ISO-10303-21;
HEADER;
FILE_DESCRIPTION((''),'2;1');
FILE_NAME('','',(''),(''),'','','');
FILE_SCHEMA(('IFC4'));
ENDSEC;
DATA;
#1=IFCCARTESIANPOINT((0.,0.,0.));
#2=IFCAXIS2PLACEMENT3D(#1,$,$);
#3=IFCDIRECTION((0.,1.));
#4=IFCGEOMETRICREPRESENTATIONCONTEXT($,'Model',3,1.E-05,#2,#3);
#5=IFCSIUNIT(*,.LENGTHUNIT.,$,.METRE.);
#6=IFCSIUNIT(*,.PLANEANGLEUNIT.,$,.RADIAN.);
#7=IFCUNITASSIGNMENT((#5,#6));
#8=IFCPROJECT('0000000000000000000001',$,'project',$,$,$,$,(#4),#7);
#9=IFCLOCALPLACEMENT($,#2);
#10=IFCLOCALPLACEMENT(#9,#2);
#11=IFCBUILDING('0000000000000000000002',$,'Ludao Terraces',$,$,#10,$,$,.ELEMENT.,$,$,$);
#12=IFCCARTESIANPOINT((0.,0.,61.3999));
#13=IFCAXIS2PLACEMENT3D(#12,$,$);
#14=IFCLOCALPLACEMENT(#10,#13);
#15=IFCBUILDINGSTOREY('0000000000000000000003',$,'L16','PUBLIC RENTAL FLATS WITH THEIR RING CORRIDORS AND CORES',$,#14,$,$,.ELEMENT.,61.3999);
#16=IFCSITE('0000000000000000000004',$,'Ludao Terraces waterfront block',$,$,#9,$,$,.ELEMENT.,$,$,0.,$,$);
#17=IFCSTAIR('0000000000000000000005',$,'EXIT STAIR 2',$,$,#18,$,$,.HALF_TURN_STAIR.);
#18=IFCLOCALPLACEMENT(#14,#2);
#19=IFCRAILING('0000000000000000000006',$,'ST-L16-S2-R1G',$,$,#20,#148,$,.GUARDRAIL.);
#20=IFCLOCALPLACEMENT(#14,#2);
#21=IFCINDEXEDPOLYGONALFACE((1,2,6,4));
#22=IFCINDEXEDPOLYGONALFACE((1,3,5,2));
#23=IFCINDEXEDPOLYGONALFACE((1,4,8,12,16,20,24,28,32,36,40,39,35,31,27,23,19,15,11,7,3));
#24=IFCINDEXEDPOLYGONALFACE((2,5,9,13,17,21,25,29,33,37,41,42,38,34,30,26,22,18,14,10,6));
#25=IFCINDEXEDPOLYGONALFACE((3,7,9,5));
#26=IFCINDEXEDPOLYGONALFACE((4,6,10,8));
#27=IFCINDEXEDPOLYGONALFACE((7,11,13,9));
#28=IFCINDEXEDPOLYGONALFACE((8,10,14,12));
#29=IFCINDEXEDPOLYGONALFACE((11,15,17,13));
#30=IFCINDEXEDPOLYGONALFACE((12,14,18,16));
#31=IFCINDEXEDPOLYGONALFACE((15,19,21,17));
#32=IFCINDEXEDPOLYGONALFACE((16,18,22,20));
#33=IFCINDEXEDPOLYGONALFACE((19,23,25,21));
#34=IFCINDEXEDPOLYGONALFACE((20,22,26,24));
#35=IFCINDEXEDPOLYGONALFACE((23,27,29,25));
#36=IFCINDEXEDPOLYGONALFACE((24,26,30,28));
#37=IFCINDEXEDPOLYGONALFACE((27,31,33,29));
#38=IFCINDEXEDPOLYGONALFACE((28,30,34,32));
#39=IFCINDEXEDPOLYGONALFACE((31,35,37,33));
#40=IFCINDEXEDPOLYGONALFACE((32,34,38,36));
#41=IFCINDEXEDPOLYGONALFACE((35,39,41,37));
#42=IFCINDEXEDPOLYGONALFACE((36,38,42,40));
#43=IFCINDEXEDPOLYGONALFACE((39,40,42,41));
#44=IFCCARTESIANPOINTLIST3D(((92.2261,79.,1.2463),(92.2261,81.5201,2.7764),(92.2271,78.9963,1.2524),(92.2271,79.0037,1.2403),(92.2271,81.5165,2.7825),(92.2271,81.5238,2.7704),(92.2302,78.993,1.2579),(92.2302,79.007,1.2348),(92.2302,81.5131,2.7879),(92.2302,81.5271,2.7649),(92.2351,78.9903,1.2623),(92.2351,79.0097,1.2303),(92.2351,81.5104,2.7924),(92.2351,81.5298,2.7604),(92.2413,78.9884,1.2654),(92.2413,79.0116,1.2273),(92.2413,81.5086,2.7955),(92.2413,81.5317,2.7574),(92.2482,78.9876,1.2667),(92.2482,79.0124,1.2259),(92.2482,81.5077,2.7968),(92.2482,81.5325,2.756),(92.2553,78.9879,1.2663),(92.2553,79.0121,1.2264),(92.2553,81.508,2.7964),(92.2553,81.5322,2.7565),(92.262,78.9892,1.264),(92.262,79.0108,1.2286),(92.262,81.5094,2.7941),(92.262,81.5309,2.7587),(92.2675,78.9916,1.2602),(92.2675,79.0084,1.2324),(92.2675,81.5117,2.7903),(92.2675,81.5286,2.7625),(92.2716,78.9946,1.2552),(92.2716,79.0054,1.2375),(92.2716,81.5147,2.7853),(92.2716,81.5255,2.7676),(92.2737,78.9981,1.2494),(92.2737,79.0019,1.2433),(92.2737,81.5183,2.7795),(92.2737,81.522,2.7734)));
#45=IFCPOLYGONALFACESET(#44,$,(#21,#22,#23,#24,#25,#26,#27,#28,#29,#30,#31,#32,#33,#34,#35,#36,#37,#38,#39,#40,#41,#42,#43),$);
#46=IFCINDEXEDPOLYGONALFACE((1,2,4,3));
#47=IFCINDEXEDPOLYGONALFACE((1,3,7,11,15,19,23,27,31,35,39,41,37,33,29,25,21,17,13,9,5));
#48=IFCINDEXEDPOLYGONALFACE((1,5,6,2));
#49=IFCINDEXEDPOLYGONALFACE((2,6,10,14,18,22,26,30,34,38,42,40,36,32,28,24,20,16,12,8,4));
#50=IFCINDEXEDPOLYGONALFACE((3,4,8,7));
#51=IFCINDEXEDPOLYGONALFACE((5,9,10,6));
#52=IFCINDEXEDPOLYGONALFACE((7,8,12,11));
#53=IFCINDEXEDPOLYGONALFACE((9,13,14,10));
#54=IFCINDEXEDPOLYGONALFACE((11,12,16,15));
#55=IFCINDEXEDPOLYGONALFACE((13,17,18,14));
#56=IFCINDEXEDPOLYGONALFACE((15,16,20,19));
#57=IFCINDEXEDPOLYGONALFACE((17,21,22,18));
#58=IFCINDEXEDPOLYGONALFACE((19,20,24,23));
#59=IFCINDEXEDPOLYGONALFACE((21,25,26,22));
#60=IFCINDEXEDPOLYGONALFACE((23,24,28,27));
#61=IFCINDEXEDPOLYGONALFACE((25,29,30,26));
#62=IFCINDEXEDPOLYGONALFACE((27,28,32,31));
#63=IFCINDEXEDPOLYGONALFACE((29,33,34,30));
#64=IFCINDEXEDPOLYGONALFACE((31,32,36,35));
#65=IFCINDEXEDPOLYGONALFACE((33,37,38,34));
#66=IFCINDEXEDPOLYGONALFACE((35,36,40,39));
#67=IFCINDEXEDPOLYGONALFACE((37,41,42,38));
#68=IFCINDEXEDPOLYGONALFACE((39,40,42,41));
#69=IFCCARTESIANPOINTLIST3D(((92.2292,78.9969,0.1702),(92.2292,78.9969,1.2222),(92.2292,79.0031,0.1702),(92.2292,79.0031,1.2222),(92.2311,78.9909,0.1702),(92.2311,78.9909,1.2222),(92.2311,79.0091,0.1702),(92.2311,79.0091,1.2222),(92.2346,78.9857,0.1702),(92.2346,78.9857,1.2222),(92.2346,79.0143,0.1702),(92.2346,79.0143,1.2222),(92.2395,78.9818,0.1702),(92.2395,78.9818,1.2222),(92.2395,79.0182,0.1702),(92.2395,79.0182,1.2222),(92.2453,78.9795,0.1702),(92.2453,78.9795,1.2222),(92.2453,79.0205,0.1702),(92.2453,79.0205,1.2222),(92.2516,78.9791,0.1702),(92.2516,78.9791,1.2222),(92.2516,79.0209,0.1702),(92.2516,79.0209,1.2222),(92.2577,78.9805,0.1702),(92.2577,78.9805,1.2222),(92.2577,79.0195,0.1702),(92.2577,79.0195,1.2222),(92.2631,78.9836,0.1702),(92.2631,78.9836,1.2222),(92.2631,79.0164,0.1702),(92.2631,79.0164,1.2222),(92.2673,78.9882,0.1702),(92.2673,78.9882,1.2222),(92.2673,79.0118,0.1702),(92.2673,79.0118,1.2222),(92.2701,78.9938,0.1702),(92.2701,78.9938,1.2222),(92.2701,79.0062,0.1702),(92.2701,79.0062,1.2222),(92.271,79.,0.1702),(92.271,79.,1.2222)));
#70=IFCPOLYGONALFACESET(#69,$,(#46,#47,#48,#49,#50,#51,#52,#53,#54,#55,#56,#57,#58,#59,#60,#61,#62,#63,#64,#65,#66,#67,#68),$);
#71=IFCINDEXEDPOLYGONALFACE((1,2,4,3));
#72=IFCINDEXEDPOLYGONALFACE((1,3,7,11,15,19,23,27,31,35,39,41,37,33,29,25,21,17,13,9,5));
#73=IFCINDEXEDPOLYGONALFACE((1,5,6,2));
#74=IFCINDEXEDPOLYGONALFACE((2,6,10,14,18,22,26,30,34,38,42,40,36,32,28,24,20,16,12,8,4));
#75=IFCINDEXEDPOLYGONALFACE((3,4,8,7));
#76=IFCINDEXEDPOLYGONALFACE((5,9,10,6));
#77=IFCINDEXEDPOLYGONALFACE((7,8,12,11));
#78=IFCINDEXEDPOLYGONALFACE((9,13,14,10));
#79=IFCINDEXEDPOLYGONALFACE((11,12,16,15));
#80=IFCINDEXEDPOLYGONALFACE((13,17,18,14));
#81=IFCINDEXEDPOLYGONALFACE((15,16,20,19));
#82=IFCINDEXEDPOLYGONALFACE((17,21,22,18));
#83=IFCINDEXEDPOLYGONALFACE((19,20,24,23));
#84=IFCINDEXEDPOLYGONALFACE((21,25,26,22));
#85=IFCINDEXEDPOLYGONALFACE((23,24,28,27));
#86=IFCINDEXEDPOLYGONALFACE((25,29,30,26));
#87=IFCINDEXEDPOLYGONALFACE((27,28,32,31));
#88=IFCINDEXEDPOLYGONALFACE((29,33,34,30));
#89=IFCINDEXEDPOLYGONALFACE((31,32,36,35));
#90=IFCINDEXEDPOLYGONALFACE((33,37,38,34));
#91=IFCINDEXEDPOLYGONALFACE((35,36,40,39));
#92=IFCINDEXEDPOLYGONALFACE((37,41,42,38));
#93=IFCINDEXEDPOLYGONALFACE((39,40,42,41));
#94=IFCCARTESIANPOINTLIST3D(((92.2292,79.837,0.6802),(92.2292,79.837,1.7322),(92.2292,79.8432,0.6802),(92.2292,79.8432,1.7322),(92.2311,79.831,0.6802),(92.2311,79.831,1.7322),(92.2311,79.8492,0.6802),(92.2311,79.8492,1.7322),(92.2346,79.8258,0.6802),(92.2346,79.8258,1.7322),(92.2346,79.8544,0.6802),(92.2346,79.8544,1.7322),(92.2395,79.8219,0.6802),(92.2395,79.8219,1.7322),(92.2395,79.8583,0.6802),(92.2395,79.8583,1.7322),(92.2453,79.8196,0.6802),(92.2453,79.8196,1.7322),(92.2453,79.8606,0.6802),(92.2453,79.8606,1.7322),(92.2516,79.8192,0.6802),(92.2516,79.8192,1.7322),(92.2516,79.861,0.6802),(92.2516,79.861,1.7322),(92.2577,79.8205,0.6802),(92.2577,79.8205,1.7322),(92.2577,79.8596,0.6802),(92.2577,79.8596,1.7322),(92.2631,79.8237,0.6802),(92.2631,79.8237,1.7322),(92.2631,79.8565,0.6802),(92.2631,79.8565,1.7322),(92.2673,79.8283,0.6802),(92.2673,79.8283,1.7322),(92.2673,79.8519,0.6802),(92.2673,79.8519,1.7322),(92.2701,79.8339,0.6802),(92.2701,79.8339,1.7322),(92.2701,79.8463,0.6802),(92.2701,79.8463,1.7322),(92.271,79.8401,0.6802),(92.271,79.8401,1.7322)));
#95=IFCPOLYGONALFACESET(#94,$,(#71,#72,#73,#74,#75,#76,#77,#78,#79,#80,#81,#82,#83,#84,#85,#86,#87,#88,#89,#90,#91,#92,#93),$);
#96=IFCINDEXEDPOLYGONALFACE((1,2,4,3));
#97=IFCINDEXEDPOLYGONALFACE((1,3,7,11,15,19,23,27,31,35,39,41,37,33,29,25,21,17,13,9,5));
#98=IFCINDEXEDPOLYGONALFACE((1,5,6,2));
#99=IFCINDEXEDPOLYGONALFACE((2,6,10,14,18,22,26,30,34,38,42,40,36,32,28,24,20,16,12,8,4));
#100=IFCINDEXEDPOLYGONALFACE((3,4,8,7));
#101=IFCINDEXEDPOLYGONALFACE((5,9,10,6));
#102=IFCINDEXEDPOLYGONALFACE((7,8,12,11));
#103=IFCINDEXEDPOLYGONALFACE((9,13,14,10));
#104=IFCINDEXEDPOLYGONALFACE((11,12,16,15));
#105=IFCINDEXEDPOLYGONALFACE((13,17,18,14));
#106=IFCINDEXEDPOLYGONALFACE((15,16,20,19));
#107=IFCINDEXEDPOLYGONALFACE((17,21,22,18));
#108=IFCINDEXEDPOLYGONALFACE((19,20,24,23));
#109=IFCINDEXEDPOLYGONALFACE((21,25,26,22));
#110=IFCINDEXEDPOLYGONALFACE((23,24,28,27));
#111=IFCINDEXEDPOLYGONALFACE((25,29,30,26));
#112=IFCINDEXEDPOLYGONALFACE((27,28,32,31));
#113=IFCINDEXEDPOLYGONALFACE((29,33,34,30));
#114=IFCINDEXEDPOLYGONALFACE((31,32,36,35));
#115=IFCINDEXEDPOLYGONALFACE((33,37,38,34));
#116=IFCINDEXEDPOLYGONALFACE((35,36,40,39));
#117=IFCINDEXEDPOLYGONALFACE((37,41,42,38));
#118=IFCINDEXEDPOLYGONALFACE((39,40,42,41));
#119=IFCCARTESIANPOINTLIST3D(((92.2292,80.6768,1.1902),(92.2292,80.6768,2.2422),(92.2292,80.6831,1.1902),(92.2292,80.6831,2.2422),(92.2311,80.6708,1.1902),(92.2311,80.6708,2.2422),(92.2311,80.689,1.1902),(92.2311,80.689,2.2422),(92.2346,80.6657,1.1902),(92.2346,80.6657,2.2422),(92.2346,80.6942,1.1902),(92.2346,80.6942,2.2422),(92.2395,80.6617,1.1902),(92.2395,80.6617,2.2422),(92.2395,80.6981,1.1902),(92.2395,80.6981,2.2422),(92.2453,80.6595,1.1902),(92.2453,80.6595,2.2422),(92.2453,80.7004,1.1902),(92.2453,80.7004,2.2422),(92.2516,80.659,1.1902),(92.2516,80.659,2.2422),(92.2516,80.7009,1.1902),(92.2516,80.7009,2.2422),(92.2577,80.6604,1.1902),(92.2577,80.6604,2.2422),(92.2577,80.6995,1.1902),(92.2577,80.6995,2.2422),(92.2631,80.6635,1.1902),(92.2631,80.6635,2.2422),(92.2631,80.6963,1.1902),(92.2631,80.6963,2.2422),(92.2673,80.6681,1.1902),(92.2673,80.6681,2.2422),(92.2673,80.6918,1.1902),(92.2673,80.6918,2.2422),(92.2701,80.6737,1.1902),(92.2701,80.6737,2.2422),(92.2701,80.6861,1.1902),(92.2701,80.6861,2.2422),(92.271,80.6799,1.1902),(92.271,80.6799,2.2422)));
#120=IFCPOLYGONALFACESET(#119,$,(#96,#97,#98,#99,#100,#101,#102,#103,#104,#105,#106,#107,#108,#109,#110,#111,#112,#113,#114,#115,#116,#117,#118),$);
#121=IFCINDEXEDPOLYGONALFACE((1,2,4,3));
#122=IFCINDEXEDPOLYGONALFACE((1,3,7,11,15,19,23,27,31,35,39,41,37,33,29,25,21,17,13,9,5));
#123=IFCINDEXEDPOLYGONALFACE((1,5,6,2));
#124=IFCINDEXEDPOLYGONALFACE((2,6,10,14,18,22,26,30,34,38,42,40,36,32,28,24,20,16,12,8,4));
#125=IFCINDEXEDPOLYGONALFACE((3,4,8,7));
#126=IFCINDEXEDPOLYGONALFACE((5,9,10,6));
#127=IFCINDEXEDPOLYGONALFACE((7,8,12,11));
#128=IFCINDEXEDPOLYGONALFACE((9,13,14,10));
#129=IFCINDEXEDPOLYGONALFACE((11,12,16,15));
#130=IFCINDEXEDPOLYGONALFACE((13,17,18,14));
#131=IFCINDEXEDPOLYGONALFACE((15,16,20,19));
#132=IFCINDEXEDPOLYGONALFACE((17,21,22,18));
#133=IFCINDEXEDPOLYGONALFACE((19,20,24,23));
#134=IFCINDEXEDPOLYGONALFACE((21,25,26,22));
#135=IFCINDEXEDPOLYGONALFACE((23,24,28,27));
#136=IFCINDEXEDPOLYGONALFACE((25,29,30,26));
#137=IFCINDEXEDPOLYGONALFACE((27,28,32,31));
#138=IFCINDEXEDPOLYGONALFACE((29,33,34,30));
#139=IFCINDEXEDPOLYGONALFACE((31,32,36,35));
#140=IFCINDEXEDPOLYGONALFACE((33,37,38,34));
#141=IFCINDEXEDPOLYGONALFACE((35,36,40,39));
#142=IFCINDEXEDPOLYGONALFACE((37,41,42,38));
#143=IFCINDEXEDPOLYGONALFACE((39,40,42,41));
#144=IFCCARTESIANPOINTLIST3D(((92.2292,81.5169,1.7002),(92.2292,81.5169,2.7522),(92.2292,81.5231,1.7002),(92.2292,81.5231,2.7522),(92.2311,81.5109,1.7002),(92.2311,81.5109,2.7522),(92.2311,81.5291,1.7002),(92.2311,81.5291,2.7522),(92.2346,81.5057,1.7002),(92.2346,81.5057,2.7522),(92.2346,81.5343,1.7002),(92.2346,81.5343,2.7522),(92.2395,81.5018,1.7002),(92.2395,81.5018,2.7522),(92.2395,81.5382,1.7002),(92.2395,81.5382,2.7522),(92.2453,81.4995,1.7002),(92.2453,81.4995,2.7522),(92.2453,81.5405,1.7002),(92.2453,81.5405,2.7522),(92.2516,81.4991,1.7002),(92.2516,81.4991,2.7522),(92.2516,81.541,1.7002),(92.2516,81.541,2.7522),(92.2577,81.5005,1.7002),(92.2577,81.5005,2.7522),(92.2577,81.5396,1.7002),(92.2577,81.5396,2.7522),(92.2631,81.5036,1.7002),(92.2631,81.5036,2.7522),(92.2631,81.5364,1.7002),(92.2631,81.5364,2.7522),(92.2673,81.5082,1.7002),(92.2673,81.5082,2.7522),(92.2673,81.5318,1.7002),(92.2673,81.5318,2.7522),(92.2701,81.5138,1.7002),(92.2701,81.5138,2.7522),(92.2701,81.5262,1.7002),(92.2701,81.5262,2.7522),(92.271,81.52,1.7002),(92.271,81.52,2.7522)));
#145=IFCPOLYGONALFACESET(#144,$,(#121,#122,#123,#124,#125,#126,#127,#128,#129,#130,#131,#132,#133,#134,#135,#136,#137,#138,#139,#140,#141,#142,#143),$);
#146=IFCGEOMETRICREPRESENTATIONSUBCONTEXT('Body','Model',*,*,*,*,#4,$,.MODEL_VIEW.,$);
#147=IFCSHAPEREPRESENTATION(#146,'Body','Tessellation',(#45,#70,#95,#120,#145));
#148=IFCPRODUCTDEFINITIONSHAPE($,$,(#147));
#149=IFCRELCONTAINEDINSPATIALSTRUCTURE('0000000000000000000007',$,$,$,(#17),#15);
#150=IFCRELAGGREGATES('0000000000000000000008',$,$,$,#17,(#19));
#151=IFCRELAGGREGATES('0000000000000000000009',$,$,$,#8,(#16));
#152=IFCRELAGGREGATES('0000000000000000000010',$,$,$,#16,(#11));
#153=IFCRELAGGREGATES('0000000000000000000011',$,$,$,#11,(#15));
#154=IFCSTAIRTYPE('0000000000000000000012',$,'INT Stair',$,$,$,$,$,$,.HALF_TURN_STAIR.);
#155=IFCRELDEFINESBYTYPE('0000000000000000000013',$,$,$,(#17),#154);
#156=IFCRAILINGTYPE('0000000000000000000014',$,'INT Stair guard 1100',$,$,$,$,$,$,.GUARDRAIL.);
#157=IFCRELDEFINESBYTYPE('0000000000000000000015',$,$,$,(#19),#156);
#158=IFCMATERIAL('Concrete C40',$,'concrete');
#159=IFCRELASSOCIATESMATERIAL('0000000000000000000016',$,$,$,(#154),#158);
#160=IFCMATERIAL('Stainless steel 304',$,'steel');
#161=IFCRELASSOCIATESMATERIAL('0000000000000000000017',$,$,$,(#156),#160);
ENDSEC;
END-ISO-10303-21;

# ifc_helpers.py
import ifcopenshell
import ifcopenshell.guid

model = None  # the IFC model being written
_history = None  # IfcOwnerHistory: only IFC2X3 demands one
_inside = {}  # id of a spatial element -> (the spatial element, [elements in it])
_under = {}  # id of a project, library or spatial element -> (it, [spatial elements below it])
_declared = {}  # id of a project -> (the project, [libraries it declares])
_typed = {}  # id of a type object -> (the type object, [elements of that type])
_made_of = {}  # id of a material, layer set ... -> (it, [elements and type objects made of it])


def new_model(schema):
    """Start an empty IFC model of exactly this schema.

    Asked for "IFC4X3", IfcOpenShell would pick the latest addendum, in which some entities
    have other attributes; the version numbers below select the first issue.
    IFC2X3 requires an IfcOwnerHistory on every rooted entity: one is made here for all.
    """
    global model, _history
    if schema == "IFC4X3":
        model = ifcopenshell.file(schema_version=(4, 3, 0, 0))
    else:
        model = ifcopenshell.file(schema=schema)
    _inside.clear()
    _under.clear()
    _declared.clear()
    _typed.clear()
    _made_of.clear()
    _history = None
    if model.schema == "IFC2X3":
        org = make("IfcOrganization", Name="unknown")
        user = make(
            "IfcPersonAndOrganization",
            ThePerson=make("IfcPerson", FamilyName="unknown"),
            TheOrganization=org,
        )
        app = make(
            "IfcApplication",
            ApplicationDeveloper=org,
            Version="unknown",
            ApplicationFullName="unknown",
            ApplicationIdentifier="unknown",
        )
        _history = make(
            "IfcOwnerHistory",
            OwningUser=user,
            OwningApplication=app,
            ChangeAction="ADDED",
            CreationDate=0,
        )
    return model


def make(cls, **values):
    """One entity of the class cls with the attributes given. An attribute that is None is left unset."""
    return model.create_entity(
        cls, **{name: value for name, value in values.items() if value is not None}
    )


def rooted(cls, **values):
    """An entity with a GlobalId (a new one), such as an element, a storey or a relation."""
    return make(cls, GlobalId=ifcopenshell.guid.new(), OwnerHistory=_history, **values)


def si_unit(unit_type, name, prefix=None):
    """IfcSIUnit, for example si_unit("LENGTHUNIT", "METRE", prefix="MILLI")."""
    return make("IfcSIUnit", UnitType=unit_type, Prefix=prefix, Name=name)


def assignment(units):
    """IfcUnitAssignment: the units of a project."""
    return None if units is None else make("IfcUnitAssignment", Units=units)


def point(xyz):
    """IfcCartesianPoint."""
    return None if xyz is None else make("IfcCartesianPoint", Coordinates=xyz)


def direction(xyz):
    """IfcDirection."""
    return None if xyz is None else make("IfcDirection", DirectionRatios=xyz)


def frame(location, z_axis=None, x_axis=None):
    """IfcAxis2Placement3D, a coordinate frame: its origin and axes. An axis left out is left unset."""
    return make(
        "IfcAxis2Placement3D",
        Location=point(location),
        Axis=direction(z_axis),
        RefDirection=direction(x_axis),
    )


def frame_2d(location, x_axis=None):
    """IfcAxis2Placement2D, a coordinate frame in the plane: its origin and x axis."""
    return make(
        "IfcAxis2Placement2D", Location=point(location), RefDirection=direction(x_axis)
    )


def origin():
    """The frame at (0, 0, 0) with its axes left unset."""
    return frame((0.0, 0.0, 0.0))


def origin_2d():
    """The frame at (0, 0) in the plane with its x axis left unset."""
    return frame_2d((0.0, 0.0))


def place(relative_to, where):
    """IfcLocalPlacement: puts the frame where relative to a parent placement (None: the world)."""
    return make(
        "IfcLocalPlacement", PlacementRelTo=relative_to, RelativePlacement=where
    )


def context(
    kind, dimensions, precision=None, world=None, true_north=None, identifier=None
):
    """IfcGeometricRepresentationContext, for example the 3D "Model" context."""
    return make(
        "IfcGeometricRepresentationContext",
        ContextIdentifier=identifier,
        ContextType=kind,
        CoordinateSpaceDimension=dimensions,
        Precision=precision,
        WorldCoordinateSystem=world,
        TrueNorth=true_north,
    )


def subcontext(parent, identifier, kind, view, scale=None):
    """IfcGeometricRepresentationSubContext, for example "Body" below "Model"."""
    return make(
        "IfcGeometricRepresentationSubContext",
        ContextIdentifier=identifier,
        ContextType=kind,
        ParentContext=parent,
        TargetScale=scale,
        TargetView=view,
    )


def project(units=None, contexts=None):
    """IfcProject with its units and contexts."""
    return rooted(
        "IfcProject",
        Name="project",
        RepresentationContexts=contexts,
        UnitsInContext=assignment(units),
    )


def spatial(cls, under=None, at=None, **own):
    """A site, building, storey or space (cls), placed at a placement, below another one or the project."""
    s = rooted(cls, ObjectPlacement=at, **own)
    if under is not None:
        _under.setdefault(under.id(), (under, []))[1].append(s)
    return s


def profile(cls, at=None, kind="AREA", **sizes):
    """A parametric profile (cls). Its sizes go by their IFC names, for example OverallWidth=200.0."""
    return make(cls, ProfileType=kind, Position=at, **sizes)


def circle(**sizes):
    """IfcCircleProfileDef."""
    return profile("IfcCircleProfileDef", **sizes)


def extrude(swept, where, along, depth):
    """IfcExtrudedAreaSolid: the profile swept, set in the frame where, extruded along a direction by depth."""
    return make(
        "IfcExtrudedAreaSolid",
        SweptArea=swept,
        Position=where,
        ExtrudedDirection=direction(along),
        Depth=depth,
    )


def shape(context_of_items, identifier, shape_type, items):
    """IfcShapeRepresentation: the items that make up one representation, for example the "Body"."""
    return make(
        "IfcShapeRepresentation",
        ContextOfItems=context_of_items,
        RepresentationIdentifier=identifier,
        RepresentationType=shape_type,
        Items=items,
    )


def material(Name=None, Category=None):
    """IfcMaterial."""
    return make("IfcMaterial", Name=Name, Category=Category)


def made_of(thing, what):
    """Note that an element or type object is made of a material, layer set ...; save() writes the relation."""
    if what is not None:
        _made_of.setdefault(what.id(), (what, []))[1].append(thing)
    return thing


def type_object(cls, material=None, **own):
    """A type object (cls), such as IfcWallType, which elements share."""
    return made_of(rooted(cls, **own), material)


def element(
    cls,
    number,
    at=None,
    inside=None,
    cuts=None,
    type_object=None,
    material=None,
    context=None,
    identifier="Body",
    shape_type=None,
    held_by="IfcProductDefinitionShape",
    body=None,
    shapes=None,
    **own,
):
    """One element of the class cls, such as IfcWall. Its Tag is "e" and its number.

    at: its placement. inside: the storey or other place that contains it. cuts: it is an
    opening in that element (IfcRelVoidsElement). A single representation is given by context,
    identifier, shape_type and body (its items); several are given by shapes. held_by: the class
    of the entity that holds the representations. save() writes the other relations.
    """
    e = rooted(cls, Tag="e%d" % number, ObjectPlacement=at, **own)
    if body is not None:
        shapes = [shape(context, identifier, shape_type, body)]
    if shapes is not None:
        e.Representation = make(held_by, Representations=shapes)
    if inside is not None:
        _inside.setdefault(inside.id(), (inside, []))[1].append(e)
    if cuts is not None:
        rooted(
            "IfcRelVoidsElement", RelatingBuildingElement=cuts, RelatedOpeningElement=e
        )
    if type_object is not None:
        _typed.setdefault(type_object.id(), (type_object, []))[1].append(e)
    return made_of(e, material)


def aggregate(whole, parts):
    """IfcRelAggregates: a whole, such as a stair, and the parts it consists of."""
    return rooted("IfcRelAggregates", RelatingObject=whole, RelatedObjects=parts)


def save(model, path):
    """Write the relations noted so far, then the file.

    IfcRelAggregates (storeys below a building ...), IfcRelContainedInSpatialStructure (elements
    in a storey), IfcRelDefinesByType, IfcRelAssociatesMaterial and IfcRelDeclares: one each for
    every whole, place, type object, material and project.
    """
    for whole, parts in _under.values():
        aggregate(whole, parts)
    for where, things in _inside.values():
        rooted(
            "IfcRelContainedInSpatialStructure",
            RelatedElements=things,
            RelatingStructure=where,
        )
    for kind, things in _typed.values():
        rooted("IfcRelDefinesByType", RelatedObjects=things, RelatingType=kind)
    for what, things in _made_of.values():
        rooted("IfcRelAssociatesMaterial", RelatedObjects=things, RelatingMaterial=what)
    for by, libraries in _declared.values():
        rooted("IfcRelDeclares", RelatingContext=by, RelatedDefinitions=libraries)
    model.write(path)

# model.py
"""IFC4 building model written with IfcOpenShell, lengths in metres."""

from ifc_helpers import new_model, si_unit, direction, frame, origin, origin_2d, place, context, subcontext, project, spatial, circle, extrude, material, type_object, element, aggregate, save


model = new_model("IFC4")

# Units and contexts
model_context = context("Model", 3, precision=1e-05, world=origin(), true_north=direction((0.0, 1.0)))
body_context = subcontext(model_context, "Body", "Model", "MODEL_VIEW")
ifc_project = project(units=[si_unit("LENGTHUNIT", "METRE"), si_unit("PLANEANGLEUNIT", "RADIAN")], contexts=[model_context])

# Site, building, storey
site_placement = place(None, origin())
site = spatial("IfcSite", under=ifc_project, at=site_placement, Name="Ludao Terraces waterfront block", CompositionType="ELEMENT", RefElevation=0.0)
building_placement = place(site_placement, origin())
building = spatial("IfcBuilding", under=site, at=building_placement, Name="Ludao Terraces", CompositionType="ELEMENT")
storey_placement = place(building_placement, frame((0.0, 0.0, 61.3999)))
storey = spatial("IfcBuildingStorey", under=building, at=storey_placement, Name="L16", Description="PUBLIC RENTAL FLATS WITH THEIR RING CORRIDORS AND CORES", CompositionType="ELEMENT", Elevation=61.3999)

# Stair, railing
ifc_material_1 = material(Name="Concrete C40", Category="concrete")
stair_type = type_object("IfcStairType", Name="INT Stair", PredefinedType="HALF_TURN_STAIR", material=ifc_material_1)
stair_placement = place(storey_placement, origin())
stair = element("IfcStair", 1, at=stair_placement, inside=storey, type_object=stair_type, Name="EXIT STAIR 2", PredefinedType="HALF_TURN_STAIR")
ifc_material_2 = material(Name="Stainless steel 304", Category="steel")
railing_type_1 = type_object("IfcRailingType", Name="INT Stair guard 1100", PredefinedType="GUARDRAIL", material=ifc_material_2)
railing_1_placement = place(storey_placement, frame((92.25, 79.0, 0.1702)))
railing_1 = element("IfcRailing", 2, at=railing_1_placement, type_object=railing_type_1, Name="ST-L16-S2-R1G", PredefinedType="GUARDRAIL", context=body_context, shape_type="SweptSolid", body=[
    extrude(circle(Radius=0.0239, at=origin_2d()), frame((0.0, 0.0, 1.0762), z_axis=(0.0, 0.854785, 0.518982), x_axis=(-1.0, 0.0, 0.0)), (0.0, 0.0, 1.0), 2.9482),
    extrude(circle(Radius=0.021, at=origin_2d()), origin(), (0.0, 0.0, 1.0), 1.052),
    extrude(circle(Radius=0.021, at=origin_2d()), frame((0.0, 0.8401, 0.51)), (0.0, 0.0, 1.0), 1.052),
    extrude(circle(Radius=0.021, at=origin_2d()), frame((0.0, 1.6799, 1.02)), (0.0, 0.0, 1.0), 1.052),
    extrude(circle(Radius=0.021, at=origin_2d()), frame((0.0, 2.52, 1.53)), (0.0, 0.0, 1.0), 1.052),
])
aggregate(stair, [railing_1])

save(model, "model.ifc")
